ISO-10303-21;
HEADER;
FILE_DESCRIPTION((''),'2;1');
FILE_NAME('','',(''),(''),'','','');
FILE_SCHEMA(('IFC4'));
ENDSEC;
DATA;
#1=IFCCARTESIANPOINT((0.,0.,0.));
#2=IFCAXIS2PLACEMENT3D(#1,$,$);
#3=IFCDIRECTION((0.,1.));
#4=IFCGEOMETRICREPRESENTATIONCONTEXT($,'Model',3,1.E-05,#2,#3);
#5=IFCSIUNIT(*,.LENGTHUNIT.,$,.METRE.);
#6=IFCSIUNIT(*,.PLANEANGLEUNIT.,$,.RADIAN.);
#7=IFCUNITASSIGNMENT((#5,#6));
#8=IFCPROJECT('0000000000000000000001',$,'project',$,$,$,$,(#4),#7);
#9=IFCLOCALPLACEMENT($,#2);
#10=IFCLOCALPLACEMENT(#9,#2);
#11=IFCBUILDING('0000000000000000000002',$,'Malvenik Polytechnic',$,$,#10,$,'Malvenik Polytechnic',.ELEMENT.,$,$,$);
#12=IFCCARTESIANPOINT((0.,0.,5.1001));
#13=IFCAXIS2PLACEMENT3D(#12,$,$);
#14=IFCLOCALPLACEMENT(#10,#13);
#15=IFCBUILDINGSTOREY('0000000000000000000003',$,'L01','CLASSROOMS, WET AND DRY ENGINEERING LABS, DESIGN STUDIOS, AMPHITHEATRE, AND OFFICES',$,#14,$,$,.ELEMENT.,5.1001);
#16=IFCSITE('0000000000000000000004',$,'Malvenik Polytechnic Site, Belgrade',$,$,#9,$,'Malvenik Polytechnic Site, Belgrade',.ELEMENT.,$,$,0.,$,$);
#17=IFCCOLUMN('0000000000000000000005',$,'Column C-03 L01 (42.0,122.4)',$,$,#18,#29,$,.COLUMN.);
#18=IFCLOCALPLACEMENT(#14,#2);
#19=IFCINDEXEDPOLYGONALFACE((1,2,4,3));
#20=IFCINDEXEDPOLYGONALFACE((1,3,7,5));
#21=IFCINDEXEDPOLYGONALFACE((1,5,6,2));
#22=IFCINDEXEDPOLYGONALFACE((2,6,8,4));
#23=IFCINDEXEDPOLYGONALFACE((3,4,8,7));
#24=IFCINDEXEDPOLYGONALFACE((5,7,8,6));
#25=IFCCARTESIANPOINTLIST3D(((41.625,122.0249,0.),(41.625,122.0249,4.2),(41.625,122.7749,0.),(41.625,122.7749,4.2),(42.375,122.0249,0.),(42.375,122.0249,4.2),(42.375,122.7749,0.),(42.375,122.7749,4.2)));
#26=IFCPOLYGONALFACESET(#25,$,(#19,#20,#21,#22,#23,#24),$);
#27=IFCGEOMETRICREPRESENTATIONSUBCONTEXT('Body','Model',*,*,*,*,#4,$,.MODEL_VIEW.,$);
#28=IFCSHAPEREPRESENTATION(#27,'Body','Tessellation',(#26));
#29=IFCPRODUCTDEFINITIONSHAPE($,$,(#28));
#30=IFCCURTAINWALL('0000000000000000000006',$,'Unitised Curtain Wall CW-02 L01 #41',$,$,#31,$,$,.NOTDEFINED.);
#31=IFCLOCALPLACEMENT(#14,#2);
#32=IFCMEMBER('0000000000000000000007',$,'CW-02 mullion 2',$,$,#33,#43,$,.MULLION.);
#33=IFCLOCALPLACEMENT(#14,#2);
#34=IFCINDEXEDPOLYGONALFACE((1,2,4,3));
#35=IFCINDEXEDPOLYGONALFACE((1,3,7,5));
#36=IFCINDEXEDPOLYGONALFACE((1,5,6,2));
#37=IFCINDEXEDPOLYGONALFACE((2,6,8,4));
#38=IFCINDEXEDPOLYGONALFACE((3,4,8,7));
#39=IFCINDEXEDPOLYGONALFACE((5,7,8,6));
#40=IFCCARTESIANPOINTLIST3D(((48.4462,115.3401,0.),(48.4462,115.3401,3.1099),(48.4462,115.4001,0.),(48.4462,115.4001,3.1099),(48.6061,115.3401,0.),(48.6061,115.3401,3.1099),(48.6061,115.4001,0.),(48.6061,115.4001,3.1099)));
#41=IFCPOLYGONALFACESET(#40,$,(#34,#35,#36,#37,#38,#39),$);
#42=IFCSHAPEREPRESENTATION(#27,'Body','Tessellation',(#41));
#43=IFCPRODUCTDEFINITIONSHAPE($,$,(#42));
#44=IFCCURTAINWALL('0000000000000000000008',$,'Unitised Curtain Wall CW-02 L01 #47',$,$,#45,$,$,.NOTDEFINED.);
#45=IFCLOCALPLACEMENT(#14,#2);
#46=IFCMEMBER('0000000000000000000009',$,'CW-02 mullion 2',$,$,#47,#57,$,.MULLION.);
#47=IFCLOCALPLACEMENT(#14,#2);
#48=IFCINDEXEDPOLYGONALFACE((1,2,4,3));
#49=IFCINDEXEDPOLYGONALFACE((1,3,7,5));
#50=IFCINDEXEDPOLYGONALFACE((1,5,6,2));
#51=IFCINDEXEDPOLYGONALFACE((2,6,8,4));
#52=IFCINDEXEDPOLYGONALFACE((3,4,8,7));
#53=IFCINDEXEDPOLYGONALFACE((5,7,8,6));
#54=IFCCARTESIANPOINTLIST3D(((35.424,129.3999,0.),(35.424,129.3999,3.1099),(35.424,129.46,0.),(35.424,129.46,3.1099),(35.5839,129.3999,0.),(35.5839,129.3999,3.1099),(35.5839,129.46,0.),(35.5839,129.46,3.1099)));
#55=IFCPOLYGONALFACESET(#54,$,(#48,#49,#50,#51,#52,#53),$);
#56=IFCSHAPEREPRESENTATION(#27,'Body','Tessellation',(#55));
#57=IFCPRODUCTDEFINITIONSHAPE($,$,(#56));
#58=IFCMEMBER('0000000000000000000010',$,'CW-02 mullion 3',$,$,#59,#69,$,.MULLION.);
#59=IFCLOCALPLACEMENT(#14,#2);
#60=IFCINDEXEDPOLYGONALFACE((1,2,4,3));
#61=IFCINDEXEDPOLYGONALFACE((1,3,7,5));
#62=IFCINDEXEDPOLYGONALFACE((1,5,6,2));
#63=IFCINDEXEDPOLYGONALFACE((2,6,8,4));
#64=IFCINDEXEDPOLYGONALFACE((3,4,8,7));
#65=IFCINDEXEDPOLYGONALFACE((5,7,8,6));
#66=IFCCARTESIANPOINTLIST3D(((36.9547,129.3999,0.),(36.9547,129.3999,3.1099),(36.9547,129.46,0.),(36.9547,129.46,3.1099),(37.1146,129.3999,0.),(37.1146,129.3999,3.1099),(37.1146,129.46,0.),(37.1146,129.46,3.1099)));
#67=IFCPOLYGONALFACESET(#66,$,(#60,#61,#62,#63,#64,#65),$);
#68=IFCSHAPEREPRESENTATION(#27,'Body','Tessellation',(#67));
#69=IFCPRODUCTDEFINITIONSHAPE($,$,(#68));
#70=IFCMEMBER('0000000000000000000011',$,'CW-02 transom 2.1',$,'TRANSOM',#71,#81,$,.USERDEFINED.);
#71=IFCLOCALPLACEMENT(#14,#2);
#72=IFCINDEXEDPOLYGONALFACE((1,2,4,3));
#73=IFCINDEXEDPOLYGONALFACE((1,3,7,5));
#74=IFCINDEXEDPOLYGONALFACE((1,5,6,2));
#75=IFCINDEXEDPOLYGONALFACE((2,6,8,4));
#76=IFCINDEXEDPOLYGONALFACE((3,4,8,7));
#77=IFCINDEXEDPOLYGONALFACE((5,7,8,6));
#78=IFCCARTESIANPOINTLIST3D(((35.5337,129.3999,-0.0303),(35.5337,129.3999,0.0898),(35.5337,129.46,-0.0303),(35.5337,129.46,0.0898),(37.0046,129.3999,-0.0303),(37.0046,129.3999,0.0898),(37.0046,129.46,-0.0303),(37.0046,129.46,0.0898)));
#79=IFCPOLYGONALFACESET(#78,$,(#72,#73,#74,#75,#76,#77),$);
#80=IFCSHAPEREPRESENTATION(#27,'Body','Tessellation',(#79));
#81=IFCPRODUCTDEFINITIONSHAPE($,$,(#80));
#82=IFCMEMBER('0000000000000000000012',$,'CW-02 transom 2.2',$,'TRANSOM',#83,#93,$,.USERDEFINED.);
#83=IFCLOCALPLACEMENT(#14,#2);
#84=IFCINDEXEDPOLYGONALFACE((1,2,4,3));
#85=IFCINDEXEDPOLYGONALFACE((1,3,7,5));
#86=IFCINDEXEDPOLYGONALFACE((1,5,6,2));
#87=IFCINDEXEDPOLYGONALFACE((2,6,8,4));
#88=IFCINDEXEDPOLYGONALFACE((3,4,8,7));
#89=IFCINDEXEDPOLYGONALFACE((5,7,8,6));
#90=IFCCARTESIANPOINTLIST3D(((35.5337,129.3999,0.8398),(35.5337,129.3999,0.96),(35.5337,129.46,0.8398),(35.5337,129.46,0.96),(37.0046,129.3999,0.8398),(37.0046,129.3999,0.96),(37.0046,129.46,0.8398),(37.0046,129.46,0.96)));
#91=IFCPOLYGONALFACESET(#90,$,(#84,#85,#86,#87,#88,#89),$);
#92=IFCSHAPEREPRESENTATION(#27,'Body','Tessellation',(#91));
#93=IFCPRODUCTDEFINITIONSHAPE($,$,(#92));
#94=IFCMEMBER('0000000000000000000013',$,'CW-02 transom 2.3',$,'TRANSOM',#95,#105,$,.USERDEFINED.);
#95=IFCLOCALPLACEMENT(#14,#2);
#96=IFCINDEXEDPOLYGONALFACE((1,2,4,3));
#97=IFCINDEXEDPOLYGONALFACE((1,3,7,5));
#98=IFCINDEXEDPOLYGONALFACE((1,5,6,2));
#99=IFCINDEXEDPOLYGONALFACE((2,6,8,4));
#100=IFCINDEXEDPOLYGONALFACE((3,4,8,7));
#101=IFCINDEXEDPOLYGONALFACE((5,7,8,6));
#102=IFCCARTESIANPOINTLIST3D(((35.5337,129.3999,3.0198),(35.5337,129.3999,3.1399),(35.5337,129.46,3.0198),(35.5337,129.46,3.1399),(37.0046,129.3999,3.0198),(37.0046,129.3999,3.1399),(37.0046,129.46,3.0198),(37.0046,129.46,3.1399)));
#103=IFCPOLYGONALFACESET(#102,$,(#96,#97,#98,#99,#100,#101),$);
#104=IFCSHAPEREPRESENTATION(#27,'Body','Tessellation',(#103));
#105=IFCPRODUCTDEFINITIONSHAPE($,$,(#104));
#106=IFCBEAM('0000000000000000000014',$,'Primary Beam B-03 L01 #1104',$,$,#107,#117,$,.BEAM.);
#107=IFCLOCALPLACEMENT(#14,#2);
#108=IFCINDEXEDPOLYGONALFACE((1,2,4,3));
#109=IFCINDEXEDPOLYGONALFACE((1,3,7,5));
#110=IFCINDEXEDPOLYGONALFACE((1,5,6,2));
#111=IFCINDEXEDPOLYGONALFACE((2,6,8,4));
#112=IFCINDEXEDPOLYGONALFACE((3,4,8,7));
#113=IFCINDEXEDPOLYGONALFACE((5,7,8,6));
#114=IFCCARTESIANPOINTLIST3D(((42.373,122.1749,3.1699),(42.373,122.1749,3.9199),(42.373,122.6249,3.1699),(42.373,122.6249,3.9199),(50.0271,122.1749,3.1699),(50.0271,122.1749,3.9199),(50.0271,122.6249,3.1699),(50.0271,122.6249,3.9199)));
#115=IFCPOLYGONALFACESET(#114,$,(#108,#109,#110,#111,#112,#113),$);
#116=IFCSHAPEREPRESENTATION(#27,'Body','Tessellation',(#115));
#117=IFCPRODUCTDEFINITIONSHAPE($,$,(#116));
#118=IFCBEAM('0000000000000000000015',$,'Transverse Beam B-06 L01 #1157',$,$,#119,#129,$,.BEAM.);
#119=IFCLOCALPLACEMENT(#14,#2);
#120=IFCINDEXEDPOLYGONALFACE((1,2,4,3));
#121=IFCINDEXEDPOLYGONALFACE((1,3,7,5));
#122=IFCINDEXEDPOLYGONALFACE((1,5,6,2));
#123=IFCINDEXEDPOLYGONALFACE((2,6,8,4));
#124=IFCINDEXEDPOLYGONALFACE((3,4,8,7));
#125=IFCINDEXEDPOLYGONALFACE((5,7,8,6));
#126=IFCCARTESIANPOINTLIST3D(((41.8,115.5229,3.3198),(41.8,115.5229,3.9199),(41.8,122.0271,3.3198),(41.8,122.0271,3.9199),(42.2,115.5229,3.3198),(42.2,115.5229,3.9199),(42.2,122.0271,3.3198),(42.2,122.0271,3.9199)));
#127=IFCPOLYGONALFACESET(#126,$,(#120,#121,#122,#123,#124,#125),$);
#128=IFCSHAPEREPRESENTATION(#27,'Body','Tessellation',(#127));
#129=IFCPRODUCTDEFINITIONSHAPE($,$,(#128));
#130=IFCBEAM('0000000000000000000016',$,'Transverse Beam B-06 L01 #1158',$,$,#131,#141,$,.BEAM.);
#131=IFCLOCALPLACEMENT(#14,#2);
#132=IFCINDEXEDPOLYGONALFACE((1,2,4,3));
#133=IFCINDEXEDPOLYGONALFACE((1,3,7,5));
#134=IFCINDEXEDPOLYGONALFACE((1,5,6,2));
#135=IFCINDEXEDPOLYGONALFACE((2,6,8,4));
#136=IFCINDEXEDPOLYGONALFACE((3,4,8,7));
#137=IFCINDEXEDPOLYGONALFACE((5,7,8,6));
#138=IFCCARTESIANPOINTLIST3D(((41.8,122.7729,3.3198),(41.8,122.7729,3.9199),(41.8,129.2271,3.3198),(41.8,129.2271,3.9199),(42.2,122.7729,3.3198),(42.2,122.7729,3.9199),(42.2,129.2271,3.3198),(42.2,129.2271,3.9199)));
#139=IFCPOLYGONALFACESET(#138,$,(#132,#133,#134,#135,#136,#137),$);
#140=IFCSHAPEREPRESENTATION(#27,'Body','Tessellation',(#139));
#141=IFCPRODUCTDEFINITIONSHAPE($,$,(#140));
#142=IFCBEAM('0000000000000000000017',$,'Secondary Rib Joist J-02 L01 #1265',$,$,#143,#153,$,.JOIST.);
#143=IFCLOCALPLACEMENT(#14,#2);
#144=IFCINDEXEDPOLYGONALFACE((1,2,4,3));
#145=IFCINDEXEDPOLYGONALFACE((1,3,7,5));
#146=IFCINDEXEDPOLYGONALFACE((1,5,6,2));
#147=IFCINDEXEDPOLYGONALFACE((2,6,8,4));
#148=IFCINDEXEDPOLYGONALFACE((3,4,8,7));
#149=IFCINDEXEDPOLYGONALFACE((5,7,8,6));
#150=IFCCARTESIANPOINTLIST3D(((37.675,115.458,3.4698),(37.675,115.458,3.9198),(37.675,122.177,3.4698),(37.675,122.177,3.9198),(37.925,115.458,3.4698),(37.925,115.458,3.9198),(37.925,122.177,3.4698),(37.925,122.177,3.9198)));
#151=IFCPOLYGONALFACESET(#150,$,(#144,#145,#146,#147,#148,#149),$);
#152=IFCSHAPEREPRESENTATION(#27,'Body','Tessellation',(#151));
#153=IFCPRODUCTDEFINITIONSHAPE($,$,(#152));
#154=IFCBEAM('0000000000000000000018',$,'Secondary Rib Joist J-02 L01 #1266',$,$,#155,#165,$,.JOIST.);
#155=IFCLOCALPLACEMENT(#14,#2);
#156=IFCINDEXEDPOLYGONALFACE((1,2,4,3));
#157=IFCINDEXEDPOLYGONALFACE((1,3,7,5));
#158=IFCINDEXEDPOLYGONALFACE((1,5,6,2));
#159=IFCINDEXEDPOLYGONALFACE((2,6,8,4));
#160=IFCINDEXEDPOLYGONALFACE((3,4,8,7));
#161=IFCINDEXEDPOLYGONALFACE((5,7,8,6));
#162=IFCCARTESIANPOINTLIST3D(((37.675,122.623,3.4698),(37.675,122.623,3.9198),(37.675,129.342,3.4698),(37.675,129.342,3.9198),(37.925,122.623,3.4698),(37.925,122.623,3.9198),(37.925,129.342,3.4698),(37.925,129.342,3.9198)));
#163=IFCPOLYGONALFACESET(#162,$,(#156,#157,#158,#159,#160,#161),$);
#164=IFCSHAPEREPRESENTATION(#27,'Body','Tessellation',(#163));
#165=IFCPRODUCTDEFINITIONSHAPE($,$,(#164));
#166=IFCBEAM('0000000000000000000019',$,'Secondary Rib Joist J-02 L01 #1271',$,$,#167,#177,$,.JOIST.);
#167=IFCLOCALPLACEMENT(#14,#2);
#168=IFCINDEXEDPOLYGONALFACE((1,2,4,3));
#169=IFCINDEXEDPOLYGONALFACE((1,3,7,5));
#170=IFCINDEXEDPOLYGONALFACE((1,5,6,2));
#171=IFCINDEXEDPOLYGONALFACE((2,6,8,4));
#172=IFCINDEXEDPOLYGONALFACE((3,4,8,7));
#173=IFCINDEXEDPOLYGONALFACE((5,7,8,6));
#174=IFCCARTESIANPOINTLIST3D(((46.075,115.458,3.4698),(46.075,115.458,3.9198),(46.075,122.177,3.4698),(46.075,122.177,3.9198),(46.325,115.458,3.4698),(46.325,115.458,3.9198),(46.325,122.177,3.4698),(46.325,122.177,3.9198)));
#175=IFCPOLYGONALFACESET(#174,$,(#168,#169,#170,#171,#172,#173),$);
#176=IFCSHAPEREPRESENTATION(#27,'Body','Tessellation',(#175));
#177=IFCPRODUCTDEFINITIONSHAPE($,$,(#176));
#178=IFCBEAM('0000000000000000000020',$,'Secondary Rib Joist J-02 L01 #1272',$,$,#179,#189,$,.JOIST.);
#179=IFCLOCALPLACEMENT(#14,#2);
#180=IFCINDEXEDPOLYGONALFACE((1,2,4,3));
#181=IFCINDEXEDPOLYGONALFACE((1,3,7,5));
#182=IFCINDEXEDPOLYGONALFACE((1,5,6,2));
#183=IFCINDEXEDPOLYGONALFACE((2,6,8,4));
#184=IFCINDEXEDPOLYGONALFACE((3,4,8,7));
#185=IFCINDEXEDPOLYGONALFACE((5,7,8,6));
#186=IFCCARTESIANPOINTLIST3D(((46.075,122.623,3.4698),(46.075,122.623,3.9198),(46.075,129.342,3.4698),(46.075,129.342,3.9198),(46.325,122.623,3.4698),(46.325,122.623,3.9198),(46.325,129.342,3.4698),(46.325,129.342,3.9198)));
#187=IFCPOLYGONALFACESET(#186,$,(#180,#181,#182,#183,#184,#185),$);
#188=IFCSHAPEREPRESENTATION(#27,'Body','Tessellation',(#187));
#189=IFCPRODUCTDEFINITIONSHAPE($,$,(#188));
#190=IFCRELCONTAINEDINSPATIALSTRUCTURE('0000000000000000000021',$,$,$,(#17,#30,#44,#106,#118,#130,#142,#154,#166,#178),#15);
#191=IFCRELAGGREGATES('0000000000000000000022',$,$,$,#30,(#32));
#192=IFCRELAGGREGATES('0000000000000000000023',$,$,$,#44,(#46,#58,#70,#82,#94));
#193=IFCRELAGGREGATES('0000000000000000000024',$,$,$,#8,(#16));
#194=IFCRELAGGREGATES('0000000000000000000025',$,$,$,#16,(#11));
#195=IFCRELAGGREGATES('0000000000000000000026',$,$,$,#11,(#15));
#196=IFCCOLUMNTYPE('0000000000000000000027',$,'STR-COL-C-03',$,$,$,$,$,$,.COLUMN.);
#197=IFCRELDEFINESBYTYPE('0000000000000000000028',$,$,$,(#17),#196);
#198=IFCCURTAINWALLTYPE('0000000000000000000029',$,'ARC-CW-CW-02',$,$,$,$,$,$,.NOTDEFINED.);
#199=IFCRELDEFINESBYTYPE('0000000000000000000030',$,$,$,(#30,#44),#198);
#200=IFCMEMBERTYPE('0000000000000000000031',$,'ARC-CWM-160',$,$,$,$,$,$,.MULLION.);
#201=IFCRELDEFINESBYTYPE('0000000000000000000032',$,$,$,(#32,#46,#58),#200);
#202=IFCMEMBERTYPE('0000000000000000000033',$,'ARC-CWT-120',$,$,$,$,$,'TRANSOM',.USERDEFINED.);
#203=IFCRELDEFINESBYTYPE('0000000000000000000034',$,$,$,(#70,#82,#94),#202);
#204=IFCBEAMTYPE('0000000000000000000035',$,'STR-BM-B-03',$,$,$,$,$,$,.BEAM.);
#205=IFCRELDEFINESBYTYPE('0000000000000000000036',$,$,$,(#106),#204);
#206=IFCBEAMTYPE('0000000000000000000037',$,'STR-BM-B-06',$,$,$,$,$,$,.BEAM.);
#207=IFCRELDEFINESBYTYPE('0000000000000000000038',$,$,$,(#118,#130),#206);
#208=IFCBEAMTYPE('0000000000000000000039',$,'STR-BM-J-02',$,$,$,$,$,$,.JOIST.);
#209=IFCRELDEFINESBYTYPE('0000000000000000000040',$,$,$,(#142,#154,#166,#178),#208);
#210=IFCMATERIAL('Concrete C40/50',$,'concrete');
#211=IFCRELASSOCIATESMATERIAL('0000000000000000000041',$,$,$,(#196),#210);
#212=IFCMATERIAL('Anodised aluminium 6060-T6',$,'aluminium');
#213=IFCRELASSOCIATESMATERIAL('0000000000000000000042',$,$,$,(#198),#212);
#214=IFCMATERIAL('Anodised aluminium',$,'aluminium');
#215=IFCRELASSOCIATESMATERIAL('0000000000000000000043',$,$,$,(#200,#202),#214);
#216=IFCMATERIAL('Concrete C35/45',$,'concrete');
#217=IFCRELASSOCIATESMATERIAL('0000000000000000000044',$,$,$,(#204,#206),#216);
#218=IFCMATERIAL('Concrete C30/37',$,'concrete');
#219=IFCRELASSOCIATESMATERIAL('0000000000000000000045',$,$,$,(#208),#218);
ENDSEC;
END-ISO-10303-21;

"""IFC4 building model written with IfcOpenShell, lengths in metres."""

from ifc_helpers import new_model, si_unit, direction, frame, origin, origin_2d, place, context, subcontext, project, spatial, rectangle, extrude, material, material_profile, profile_set, type_object, element, aggregate, save


model = new_model("IFC4")

# Units and contexts
model_context = context("Model", 3, precision=1e-05, world=origin(), true_north=direction((0.0, 1.0)))
body_context = subcontext(model_context, "Body", "Model", "MODEL_VIEW")
ifc_project = project(units=[si_unit("LENGTHUNIT", "METRE"), si_unit("PLANEANGLEUNIT", "RADIAN")], contexts=[model_context])

# Site, building, storey
site_placement = place(None, origin())
site = spatial("IfcSite", under=ifc_project, at=site_placement, Name="Malvenik Polytechnic Site, Belgrade", LongName="Malvenik Polytechnic Site, Belgrade", CompositionType="ELEMENT", RefElevation=0.0)
building_placement = place(site_placement, origin())
building = spatial("IfcBuilding", under=site, at=building_placement, Name="Malvenik Polytechnic", LongName="Malvenik Polytechnic", CompositionType="ELEMENT")
storey_placement = place(building_placement, frame((0.0, 0.0, 5.1001)))
storey = spatial("IfcBuildingStorey", under=building, at=storey_placement, Name="L01", Description="CLASSROOMS, WET AND DRY ENGINEERING LABS, DESIGN STUDIOS, AMPHITHEATRE, AND OFFICES", CompositionType="ELEMENT", Elevation=5.1001)

# Column
ifc_material_1 = material(Name="Concrete C40/50", Category="concrete")
ifc_material_profile_1 = material_profile(ifc_material_1, rectangle(XDim=0.75, YDim=0.75, at=origin_2d()), Name="RC COL 750x750")
ifc_profile_set_1 = profile_set([ifc_material_profile_1], Name="Concrete C40/50")
column_type = type_object("IfcColumnType", Name="STR-COL-C-03", PredefinedType="COLUMN", material=ifc_profile_set_1)
column_placement = place(storey_placement, frame((42.0, 122.3999, 0.0), z_axis=(0.0, 0.0, 1.0), x_axis=(1.0, 0.0, 0.0)))
element("IfcColumn", 1, at=column_placement, inside=storey, type_object=column_type, Name="Column C-03 L01 (42.0,122.4)", PredefinedType="COLUMN", context=body_context, shape_type="SweptSolid", body=[
    extrude(rectangle(XDim=0.75, YDim=0.75, at=origin_2d()), origin(), (0.0, 0.0, 1.0), 4.2),
])

# Curtain wall, member
ifc_material_2 = material(Name="Anodised aluminium 6060-T6", Category="aluminium")
curtain_wall_type = type_object("IfcCurtainWallType", Name="ARC-CW-CW-02", PredefinedType="NOTDEFINED", material=ifc_material_2)
curtain_wall_1_placement = place(storey_placement, origin())
curtain_wall_1 = element("IfcCurtainWall", 2, at=curtain_wall_1_placement, inside=storey, type_object=curtain_wall_type, Name="Unitised Curtain Wall CW-02 L01 #41", PredefinedType="NOTDEFINED")
ifc_material_3 = material(Name="Anodised aluminium", Category="aluminium")
ifc_material_profile_2 = material_profile(ifc_material_3, rectangle(XDim=0.0601, YDim=0.1599, at=origin_2d()), Name="ALU MULLION 60x160")
ifc_profile_set_2 = profile_set([ifc_material_profile_2], Name="Anodised aluminium")
member_type_1 = type_object("IfcMemberType", Name="ARC-CWM-160", PredefinedType="MULLION", material=ifc_profile_set_2)
member_1_placement = place(storey_placement, frame((48.5261, 115.3701, 0.0), z_axis=(0.0, 0.0, 1.0), x_axis=(0.0, -1.0, 0.0)))
member_1 = element("IfcMember", 3, at=member_1_placement, type_object=member_type_1, Name="CW-02 mullion 2", PredefinedType="MULLION", context=body_context, shape_type="SweptSolid", body=[
    extrude(rectangle(XDim=0.0601, YDim=0.1599, at=origin_2d()), origin(), (0.0, 0.0, 1.0), 3.1099),
])
aggregate(curtain_wall_1, [member_1])

# Curtain wall, members
curtain_wall_2_placement = place(storey_placement, origin())
curtain_wall_2 = element("IfcCurtainWall", 4, at=curtain_wall_2_placement, inside=storey, type_object=curtain_wall_type, Name="Unitised Curtain Wall CW-02 L01 #47", PredefinedType="NOTDEFINED")
member_2_placement = place(storey_placement, frame((35.5039, 129.4299, 0.0), z_axis=(0.0, 0.0, 1.0), x_axis=(0.0, 1.0, 0.0)))
member_2 = element("IfcMember", 5, at=member_2_placement, type_object=member_type_1, Name="CW-02 mullion 2", PredefinedType="MULLION", context=body_context, shape_type="SweptSolid", body=[
    extrude(rectangle(XDim=0.0601, YDim=0.1599, at=origin_2d()), origin(), (0.0, 0.0, 1.0), 3.1099),
])
member_3_placement = place(storey_placement, frame((37.0347, 129.4299, 0.0), z_axis=(0.0, 0.0, 1.0), x_axis=(0.0, 1.0, 0.0)))
member_3 = element("IfcMember", 6, at=member_3_placement, type_object=member_type_1, Name="CW-02 mullion 3", PredefinedType="MULLION", context=body_context, shape_type="SweptSolid", body=[
    extrude(rectangle(XDim=0.0601, YDim=0.1599, at=origin_2d()), origin(), (0.0, 0.0, 1.0), 3.1099),
])
ifc_material_profile_3 = material_profile(ifc_material_3, rectangle(XDim=0.0601, YDim=0.1201, at=origin_2d()), Name="ALU TRANSOM 60x120")
ifc_profile_set_3 = profile_set([ifc_material_profile_3], Name="Anodised aluminium")
member_type_2 = type_object("IfcMemberType", Name="ARC-CWT-120", ElementType="TRANSOM", PredefinedType="USERDEFINED", material=ifc_profile_set_3)
member_4_placement = place(storey_placement, frame((35.5337, 129.4299, 0.0298), z_axis=(1.0, 0.0, 0.0), x_axis=(0.0, 1.0, 0.0)))
member_4 = element("IfcMember", 7, at=member_4_placement, type_object=member_type_2, Name="CW-02 transom 2.1", ObjectType="TRANSOM", PredefinedType="USERDEFINED", context=body_context, shape_type="SweptSolid", body=[
    extrude(rectangle(XDim=0.0601, YDim=0.1201, at=origin_2d()), origin(), (0.0, 0.0, 1.0), 1.4709),
])
member_5_placement = place(storey_placement, frame((35.5337, 129.4299, 0.8999), z_axis=(1.0, 0.0, 0.0), x_axis=(0.0, 1.0, 0.0)))
member_5 = element("IfcMember", 8, at=member_5_placement, type_object=member_type_2, Name="CW-02 transom 2.2", ObjectType="TRANSOM", PredefinedType="USERDEFINED", context=body_context, shape_type="SweptSolid", body=[
    extrude(rectangle(XDim=0.0601, YDim=0.1201, at=origin_2d()), origin(), (0.0, 0.0, 1.0), 1.4709),
])
member_6_placement = place(storey_placement, frame((35.5337, 129.4299, 3.0798), z_axis=(1.0, 0.0, 0.0), x_axis=(0.0, 1.0, 0.0)))
member_6 = element("IfcMember", 9, at=member_6_placement, type_object=member_type_2, Name="CW-02 transom 2.3", ObjectType="TRANSOM", PredefinedType="USERDEFINED", context=body_context, shape_type="SweptSolid", body=[
    extrude(rectangle(XDim=0.0601, YDim=0.1201, at=origin_2d()), origin(), (0.0, 0.0, 1.0), 1.4709),
])

# Beams
ifc_material_4 = material(Name="Concrete C35/45", Category="concrete")
ifc_material_profile_4 = material_profile(ifc_material_4, rectangle(XDim=0.45, YDim=0.75, at=origin_2d()), Name="RC BM 450x750")
ifc_profile_set_4 = profile_set([ifc_material_profile_4], Name="Concrete C35/45")
beam_type_1 = type_object("IfcBeamType", Name="STR-BM-B-03", PredefinedType="BEAM", material=ifc_profile_set_4)
beam_1_placement = place(storey_placement, frame((42.373, 122.3999, 3.5449), z_axis=(1.0, 0.0, 0.0), x_axis=(0.0, 1.0, 0.0)))
element("IfcBeam", 10, at=beam_1_placement, inside=storey, type_object=beam_type_1, Name="Primary Beam B-03 L01 #1104", PredefinedType="BEAM", context=body_context, shape_type="SweptSolid", body=[
    extrude(rectangle(XDim=0.45, YDim=0.75, at=origin_2d()), origin(), (0.0, 0.0, 1.0), 7.6541),
])
ifc_material_profile_5 = material_profile(ifc_material_4, rectangle(XDim=0.3999, YDim=0.6001, at=origin_2d()), Name="RC BM 400x600")
ifc_profile_set_5 = profile_set([ifc_material_profile_5], Name="Concrete C35/45")
beam_type_2 = type_object("IfcBeamType", Name="STR-BM-B-06", PredefinedType="BEAM", material=ifc_profile_set_5)
beam_2_placement = place(storey_placement, frame((42.0, 115.5229, 3.6199), z_axis=(0.0, 1.0, 0.0), x_axis=(-1.0, 0.0, 0.0)))
element("IfcBeam", 11, at=beam_2_placement, inside=storey, type_object=beam_type_2, Name="Transverse Beam B-06 L01 #1157", PredefinedType="BEAM", context=body_context, shape_type="SweptSolid", body=[
    extrude(rectangle(XDim=0.3999, YDim=0.6001, at=origin_2d()), origin(), (0.0, 0.0, 1.0), 6.5042),
])
beam_3_placement = place(storey_placement, frame((42.0, 122.7729, 3.6199), z_axis=(0.0, 1.0, 0.0), x_axis=(-1.0, 0.0, 0.0)))
element("IfcBeam", 12, at=beam_3_placement, inside=storey, type_object=beam_type_2, Name="Transverse Beam B-06 L01 #1158", PredefinedType="BEAM", context=body_context, shape_type="SweptSolid", body=[
    extrude(rectangle(XDim=0.3999, YDim=0.6001, at=origin_2d()), origin(), (0.0, 0.0, 1.0), 6.4541),
])
ifc_material_5 = material(Name="Concrete C30/37", Category="concrete")
ifc_material_profile_6 = material_profile(ifc_material_5, rectangle(XDim=0.25, YDim=0.45, at=origin_2d()), Name="RC JST 250x450")
ifc_profile_set_6 = profile_set([ifc_material_profile_6], Name="Concrete C30/37")
beam_type_3 = type_object("IfcBeamType", Name="STR-BM-J-02", PredefinedType="JOIST", material=ifc_profile_set_6)
for number, where, z_axis, x_axis, name in (
    (13, (37.8, 115.458, 3.6948), (0.0, 1.0, 0.0), (-1.0, 0.0, 0.0), "Secondary Rib Joist J-02 L01 #1265"),
    (14, (37.8, 122.623, 3.6948), (0.0, 1.0, 0.0), (-1.0, 0.0, 0.0), "Secondary Rib Joist J-02 L01 #1266"),
    (15, (46.2, 115.458, 3.6948), (0.0, 1.0, 0.0), (-1.0, 0.0, 0.0), "Secondary Rib Joist J-02 L01 #1271"),
    (16, (46.2, 122.623, 3.6948), (0.0, 1.0, 0.0), (-1.0, 0.0, 0.0), "Secondary Rib Joist J-02 L01 #1272"),
):
    element("IfcBeam", number, at=place(storey_placement, frame(where, z_axis=z_axis, x_axis=x_axis)), inside=storey, type_object=beam_type_3, Name=name, PredefinedType="JOIST", context=body_context, shape_type="SweptSolid", body=[
        extrude(rectangle(XDim=0.25, YDim=0.45, at=origin_2d()), origin(), (0.0, 0.0, 1.0), 6.719),
    ])

aggregate(curtain_wall_2, [member_2, member_3, member_4, member_5, member_6])

save(model, "model.ifc")
